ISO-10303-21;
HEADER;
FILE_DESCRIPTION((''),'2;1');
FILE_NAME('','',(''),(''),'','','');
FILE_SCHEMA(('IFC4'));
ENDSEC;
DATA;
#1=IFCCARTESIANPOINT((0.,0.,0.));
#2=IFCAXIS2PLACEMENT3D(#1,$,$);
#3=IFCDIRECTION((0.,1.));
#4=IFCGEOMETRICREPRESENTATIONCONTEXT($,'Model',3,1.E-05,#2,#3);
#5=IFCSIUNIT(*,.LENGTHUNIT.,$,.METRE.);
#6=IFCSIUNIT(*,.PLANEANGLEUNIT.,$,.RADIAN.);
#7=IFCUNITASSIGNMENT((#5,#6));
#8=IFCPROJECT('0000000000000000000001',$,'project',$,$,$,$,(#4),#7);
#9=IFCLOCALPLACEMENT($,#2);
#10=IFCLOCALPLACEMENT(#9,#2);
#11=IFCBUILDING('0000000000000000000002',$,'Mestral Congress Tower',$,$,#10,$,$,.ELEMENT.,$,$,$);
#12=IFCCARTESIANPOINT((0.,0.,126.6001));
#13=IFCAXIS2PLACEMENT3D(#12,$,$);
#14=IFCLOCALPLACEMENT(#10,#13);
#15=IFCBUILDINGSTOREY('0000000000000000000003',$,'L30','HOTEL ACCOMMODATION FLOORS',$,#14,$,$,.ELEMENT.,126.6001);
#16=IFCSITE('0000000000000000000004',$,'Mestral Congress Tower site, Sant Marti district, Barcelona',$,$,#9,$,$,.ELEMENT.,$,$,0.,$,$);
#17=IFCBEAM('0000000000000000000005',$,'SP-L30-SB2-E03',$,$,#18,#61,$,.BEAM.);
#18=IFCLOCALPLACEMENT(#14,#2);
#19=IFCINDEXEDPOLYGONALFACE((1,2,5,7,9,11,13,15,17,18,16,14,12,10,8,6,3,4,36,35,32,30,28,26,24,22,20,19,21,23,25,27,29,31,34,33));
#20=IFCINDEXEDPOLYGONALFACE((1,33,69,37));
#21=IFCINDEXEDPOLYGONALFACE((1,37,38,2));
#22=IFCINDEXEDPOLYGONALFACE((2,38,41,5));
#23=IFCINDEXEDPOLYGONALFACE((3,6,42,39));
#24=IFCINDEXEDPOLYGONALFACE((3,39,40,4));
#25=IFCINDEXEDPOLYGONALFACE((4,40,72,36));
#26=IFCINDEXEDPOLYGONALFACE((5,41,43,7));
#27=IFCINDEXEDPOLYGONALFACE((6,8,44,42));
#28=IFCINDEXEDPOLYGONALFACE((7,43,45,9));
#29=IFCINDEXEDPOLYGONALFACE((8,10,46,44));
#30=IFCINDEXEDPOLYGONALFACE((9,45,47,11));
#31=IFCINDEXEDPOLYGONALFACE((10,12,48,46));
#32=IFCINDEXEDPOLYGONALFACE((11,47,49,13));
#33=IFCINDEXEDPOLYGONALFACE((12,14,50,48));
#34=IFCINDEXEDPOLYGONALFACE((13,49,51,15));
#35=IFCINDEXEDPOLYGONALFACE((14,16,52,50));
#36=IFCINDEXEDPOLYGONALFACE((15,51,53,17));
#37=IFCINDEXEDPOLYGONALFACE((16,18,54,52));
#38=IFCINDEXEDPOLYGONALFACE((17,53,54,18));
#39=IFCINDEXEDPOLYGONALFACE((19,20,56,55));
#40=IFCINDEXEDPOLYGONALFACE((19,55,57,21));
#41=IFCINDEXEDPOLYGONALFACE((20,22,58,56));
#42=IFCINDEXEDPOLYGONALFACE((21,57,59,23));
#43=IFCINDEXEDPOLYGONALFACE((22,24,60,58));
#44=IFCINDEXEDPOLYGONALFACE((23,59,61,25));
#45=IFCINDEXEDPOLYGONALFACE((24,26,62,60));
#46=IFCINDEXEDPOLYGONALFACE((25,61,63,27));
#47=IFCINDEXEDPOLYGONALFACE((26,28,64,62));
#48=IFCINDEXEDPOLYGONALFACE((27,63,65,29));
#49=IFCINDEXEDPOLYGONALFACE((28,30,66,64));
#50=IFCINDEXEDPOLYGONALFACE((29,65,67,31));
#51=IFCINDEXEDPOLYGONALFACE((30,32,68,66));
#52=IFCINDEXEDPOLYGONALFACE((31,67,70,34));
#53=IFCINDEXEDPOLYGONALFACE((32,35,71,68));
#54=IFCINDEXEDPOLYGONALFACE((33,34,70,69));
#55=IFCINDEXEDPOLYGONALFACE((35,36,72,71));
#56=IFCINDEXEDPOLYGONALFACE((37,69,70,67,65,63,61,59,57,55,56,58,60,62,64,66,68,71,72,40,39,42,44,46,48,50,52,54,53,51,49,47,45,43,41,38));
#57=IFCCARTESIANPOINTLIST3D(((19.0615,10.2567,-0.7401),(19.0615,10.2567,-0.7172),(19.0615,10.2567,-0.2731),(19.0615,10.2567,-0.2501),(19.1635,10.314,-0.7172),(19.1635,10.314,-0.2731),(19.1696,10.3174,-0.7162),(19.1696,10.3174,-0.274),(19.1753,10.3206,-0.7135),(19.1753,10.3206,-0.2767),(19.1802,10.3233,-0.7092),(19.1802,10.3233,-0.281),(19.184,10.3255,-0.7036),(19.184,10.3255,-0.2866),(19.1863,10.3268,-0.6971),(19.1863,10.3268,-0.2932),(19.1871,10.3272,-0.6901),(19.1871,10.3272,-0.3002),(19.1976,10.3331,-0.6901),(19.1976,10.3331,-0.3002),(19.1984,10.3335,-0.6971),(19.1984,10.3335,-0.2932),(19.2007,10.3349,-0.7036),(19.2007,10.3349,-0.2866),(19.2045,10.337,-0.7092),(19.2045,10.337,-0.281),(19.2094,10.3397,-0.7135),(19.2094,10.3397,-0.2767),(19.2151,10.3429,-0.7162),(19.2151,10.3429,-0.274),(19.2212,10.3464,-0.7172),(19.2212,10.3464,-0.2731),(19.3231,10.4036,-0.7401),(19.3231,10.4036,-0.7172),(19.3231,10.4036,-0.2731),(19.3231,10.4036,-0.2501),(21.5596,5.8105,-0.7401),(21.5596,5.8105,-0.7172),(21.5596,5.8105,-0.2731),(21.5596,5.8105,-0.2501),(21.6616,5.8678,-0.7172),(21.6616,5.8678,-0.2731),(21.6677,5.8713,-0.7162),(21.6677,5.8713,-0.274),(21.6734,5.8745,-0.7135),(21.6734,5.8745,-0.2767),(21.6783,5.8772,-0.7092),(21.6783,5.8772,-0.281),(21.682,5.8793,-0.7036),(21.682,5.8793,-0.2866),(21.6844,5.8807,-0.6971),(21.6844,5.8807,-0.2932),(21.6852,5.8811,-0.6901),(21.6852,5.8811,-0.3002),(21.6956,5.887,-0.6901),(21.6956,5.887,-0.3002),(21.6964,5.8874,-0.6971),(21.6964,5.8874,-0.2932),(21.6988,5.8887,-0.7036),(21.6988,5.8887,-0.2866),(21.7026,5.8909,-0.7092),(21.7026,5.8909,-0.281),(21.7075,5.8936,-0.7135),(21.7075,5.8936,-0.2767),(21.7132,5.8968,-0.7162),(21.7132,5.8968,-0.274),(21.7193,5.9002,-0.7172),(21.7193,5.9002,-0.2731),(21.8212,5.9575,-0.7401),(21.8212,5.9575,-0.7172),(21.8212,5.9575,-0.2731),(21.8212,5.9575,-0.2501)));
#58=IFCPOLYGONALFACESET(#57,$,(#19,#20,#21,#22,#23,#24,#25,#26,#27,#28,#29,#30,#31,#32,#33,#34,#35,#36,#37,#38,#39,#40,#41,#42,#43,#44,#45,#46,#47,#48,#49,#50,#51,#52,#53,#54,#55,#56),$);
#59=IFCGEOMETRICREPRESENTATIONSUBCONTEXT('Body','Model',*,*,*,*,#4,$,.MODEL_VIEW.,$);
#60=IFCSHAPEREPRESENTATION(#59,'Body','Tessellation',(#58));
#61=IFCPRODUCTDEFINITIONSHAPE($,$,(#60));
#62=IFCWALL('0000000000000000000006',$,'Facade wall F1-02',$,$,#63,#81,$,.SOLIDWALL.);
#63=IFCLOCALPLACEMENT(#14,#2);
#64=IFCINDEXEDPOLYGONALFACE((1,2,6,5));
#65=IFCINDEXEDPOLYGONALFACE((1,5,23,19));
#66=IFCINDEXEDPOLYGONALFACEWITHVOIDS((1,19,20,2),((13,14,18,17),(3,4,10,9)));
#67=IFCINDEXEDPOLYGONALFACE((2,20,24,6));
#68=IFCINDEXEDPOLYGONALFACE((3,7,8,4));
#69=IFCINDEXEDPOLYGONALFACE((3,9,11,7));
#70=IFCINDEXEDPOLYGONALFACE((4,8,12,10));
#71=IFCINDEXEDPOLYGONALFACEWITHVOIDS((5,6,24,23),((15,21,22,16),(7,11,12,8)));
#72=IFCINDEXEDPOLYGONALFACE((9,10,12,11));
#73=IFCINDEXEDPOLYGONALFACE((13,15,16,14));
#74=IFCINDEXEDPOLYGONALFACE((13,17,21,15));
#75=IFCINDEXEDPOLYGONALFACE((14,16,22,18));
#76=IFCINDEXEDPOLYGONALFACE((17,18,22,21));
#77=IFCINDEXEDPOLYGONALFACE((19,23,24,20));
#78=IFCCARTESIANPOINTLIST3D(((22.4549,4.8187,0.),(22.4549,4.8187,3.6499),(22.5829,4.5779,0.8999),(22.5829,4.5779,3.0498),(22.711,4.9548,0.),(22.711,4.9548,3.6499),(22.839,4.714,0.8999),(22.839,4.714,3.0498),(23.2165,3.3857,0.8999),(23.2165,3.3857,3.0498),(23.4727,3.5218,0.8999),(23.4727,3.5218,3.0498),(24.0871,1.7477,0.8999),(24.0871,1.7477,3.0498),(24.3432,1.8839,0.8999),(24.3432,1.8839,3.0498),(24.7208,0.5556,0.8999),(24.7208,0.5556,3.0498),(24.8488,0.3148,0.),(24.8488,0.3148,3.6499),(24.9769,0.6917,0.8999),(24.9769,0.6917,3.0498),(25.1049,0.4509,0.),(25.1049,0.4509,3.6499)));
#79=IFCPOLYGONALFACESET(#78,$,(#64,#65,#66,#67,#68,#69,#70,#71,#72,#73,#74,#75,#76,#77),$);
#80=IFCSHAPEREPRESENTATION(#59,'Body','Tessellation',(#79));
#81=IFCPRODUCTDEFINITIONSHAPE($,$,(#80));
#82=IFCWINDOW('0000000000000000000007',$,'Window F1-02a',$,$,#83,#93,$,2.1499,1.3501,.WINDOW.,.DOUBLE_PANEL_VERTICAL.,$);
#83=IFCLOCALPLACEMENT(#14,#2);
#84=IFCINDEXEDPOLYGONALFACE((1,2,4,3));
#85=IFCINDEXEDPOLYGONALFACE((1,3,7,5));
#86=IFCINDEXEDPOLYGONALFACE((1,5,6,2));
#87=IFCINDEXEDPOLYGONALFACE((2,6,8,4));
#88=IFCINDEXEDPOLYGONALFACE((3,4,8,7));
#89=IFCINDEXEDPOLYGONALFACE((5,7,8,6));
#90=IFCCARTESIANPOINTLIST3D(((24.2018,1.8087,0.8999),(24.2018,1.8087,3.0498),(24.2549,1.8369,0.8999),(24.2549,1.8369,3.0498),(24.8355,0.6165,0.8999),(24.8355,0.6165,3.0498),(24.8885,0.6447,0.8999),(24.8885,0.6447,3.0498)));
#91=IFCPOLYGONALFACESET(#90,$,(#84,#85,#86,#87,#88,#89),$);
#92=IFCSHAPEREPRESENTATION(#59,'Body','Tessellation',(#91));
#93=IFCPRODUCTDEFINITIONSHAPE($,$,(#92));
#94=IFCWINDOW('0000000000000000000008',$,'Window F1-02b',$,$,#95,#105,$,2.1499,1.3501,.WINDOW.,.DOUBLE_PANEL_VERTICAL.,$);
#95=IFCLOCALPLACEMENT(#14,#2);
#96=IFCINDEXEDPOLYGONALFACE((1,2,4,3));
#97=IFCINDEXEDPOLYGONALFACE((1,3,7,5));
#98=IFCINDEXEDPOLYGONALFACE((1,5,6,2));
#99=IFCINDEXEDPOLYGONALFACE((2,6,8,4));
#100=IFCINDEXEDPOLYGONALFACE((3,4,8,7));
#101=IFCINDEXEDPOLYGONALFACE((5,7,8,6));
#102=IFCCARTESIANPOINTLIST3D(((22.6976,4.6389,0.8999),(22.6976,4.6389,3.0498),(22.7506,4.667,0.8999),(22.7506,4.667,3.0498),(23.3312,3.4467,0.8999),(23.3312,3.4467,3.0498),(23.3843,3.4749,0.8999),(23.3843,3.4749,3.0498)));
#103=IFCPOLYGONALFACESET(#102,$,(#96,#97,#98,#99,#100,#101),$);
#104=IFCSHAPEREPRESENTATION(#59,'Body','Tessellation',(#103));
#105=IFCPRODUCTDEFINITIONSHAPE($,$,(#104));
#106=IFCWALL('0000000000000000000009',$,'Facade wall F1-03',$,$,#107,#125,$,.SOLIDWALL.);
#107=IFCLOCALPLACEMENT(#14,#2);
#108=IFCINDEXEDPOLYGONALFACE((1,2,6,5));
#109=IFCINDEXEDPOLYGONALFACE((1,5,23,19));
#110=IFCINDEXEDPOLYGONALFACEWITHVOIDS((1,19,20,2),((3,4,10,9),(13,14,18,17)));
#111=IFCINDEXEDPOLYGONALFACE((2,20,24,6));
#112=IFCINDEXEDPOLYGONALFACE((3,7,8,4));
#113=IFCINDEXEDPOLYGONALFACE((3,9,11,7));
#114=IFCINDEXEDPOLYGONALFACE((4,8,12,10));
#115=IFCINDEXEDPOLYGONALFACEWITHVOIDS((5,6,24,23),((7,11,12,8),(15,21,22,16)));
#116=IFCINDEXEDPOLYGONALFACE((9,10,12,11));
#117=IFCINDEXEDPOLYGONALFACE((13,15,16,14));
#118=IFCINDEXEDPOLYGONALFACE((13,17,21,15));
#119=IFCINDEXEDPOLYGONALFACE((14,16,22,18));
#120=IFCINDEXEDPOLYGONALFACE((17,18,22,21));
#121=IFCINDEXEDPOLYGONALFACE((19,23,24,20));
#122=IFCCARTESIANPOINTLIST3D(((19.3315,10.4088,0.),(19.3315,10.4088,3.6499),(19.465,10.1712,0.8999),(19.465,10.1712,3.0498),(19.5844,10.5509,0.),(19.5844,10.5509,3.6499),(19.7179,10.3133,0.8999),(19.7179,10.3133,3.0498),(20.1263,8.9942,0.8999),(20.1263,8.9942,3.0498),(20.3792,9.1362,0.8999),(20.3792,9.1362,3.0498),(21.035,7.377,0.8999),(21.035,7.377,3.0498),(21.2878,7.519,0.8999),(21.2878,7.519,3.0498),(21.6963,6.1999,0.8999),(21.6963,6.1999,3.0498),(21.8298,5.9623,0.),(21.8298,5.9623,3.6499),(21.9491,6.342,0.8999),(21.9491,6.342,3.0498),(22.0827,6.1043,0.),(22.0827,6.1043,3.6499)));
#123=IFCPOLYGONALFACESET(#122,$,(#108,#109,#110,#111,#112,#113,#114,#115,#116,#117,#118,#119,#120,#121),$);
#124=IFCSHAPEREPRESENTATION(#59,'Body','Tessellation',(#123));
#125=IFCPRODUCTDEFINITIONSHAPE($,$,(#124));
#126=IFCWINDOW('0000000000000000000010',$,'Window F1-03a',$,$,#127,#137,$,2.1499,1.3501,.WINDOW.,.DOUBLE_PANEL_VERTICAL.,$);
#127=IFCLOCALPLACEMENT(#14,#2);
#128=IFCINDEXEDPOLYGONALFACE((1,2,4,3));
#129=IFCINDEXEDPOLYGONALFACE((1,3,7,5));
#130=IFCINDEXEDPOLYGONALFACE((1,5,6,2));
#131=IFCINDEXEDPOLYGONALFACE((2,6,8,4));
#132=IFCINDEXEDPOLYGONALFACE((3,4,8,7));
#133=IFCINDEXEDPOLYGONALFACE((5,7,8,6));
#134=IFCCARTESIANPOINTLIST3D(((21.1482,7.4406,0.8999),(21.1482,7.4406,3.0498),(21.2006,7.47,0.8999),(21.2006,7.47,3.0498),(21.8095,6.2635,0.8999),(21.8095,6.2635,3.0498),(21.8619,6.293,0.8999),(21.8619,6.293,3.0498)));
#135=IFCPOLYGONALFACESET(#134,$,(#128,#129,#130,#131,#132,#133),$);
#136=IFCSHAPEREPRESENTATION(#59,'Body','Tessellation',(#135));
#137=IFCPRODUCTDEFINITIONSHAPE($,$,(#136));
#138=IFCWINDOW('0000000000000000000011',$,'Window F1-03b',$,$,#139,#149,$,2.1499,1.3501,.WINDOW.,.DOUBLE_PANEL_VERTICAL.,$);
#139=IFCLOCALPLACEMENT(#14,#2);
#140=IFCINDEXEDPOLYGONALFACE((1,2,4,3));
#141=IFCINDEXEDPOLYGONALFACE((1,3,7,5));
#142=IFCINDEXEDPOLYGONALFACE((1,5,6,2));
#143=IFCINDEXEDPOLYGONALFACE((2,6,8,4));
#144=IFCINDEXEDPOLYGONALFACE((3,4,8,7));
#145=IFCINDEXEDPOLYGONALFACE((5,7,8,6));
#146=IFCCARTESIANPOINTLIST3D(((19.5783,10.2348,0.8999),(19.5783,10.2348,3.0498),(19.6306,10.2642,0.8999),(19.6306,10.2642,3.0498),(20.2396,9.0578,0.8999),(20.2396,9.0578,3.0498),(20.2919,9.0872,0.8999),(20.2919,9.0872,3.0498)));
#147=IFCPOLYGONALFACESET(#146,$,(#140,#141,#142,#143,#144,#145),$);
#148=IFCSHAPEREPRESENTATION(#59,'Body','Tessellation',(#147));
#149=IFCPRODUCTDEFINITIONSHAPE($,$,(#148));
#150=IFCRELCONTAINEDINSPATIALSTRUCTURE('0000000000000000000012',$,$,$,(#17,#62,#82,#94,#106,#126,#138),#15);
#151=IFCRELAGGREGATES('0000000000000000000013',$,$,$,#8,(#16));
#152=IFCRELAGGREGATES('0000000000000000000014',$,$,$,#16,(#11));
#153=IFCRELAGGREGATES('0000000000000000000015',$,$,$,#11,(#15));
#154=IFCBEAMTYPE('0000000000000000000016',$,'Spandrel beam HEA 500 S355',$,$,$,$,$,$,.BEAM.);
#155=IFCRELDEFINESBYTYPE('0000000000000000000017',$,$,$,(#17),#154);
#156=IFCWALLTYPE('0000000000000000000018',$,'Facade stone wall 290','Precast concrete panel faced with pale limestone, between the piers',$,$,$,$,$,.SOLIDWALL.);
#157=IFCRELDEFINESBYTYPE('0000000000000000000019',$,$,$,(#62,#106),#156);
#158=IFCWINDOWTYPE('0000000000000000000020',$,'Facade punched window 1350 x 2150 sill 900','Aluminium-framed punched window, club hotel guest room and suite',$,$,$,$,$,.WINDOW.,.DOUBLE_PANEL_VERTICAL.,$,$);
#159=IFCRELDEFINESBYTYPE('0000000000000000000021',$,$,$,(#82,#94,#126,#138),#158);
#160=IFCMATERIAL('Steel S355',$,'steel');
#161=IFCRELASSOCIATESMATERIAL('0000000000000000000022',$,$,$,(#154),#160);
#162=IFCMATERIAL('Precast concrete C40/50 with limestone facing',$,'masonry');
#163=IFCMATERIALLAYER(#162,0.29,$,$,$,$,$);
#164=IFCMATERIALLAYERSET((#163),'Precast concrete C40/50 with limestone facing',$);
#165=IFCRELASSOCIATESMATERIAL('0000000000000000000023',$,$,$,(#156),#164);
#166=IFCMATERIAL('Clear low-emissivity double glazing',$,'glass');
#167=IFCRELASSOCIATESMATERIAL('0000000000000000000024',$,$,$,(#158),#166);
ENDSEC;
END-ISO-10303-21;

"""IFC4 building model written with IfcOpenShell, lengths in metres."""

from ifc_helpers import new_model, si_unit, direction, frame, frame_2d, origin, origin_2d, place, context, subcontext, project, spatial, rectangle, i_section, extrude, material, layer, layer_set, material_profile, profile_set, type_object, element, fill, save


model = new_model("IFC4")

# Units and contexts
model_context = context("Model", 3, precision=1e-05, world=origin(), true_north=direction((0.0, 1.0)))
body_context = subcontext(model_context, "Body", "Model", "MODEL_VIEW")
ifc_project = project(units=[si_unit("LENGTHUNIT", "METRE"), si_unit("PLANEANGLEUNIT", "RADIAN")], contexts=[model_context])

# Site, building, storey
site_placement = place(None, origin())
site = spatial("IfcSite", under=ifc_project, at=site_placement, Name="Mestral Congress Tower site, Sant Marti district, Barcelona", CompositionType="ELEMENT", RefElevation=0.0)
building_placement = place(site_placement, origin())
building = spatial("IfcBuilding", under=site, at=building_placement, Name="Mestral Congress Tower", CompositionType="ELEMENT")
storey_placement = place(building_placement, frame((0.0, 0.0, 126.6001)))
storey = spatial("IfcBuildingStorey", under=building, at=storey_placement, Name="L30", Description="HOTEL ACCOMMODATION FLOORS", CompositionType="ELEMENT", Elevation=126.6001)

# Beam
ifc_material_1 = material(Name="Steel S355", Category="steel")
ifc_material_profile_1 = material_profile(ifc_material_1, i_section(OverallWidth=0.3, OverallDepth=0.49, WebThickness=0.012, FlangeThickness=0.0229, FilletRadius=0.0271, at=origin_2d()), Name="HEA 500")
ifc_profile_set_1 = profile_set([ifc_material_profile_1], Name="Steel S355")
beam_type_1 = type_object("IfcBeamType", Name="Spandrel beam HEA 500 S355", PredefinedType="BEAM", material=ifc_profile_set_1)
for number, where, z_axis, x_axis, name in (
    (1, (21.6904, 5.884, -0.4951), (-0.489836, 0.871815, 0.0), (-0.871815, -0.489836, 0.0), "SP-L30-SB2-E03"),
):
    element("IfcBeam", number, at=place(storey_placement, frame(where, z_axis=z_axis, x_axis=x_axis)), inside=storey, type_object=beam_type_1, Name=name, PredefinedType="BEAM", context=body_context, shape_type="SweptSolid", body=[
        extrude(i_section(OverallWidth=0.3, OverallDepth=0.49, WebThickness=0.012, FlangeThickness=0.0229, FilletRadius=0.0271, at=origin_2d()), origin(), (0.0, 0.0, 1.0), 5.0999),
    ])

# Walls, openings, windows
ifc_material_2 = material(Name="Precast concrete C40/50 with limestone facing", Category="masonry")
ifc_layer_1 = layer(ifc_material_2, 0.29)
ifc_layer_set_1 = layer_set([ifc_layer_1], Name="Precast concrete C40/50 with limestone facing")
wall_type_1 = type_object("IfcWallType", Name="Facade stone wall 290", Description="Precast concrete panel faced with pale limestone, between the piers", PredefinedType="SOLIDWALL", material=ifc_layer_set_1)
wall_1_placement = place(storey_placement, frame((24.9768, 0.3828, 0.0), z_axis=(0.0, 0.0, 1.0), x_axis=(-0.469323, 0.883026, 0.0)))
wall_1 = element("IfcWall", 2, at=wall_1_placement, inside=storey, type_object=wall_type_1, Name="Facade wall F1-02", PredefinedType="SOLIDWALL", context=body_context, shape_type="SweptSolid", body=[
    extrude(rectangle(XDim=5.1006, YDim=0.29, at=frame_2d((2.5503, 0.0))), origin(), (0.0, 0.0, 1.0), 3.6499),
])
opening_1_placement = place(wall_1_placement, frame((0.2727, 0.0, 0.8999)))
opening_1 = element("IfcOpeningElement", 3, at=opening_1_placement, cuts=wall_1, PredefinedType="OPENING", context=body_context, shape_type="SweptSolid", body=[
    extrude(rectangle(XDim=1.3501, YDim=2.1499, at=frame_2d((0.675, 1.075))), frame((0.0, 0.155, 0.0), z_axis=(0.0, -1.0, 0.0), x_axis=(1.0, 0.0, 0.0)), (0.0, 0.0, 1.0), 0.3101),
])
opening_2_placement = place(wall_1_placement, frame((3.4778, 0.0, 0.8999)))
opening_2 = element("IfcOpeningElement", 4, at=opening_2_placement, cuts=wall_1, PredefinedType="OPENING", context=body_context, shape_type="SweptSolid", body=[
    extrude(rectangle(XDim=1.3501, YDim=2.1499, at=frame_2d((0.675, 1.075))), frame((0.0, 0.155, 0.0), z_axis=(0.0, -1.0, 0.0), x_axis=(1.0, 0.0, 0.0)), (0.0, 0.0, 1.0), 0.3101),
])
ifc_material_3 = material(Name="Clear low-emissivity double glazing", Category="glass")
window_type = type_object("IfcWindowType", Name="Facade punched window 1350 x 2150 sill 900", Description="Aluminium-framed punched window, club hotel guest room and suite", PartitioningType="DOUBLE_PANEL_VERTICAL", PredefinedType="WINDOW", material=ifc_material_3)
window_1_placement = place(opening_1_placement, origin())
window_1 = element("IfcWindow", 5, at=window_1_placement, inside=storey, type_object=window_type, Name="Window F1-02a", OverallHeight=2.1499, OverallWidth=1.3501, PartitioningType="DOUBLE_PANEL_VERTICAL", PredefinedType="WINDOW", context=body_context, shape_type="SweptSolid", body=[
    extrude(rectangle(XDim=1.3501, YDim=2.1499, at=frame_2d((0.675, 1.075))), frame((0.0, 0.0151, 0.0), z_axis=(0.0, -1.0, 0.0), x_axis=(1.0, 0.0, 0.0)), (0.0, 0.0, 1.0), 0.0601),
])
fill(opening_1, window_1)
window_2_placement = place(opening_2_placement, origin())
window_2 = element("IfcWindow", 6, at=window_2_placement, inside=storey, type_object=window_type, Name="Window F1-02b", OverallHeight=2.1499, OverallWidth=1.3501, PartitioningType="DOUBLE_PANEL_VERTICAL", PredefinedType="WINDOW", context=body_context, shape_type="SweptSolid", body=[
    extrude(rectangle(XDim=1.3501, YDim=2.1499, at=frame_2d((0.675, 1.075))), frame((0.0, 0.0151, 0.0), z_axis=(0.0, -1.0, 0.0), x_axis=(1.0, 0.0, 0.0)), (0.0, 0.0, 1.0), 0.0601),
])
fill(opening_2, window_2)
wall_2_placement = place(storey_placement, frame((21.9563, 6.0332, 0.0), z_axis=(0.0, 0.0, 1.0), x_axis=(-0.489832, 0.871817, 0.0)))
wall_2 = element("IfcWall", 7, at=wall_2_placement, inside=storey, type_object=wall_type_1, Name="Facade wall F1-03", PredefinedType="SOLIDWALL", context=body_context, shape_type="SweptSolid", body=[
    extrude(rectangle(XDim=5.1003, YDim=0.29, at=frame_2d((2.5503, 0.0))), origin(), (0.0, 0.0, 1.0), 3.6499),
])
opening_3_placement = place(wall_2_placement, frame((0.2727, 0.0, 0.8999)))
opening_3 = element("IfcOpeningElement", 8, at=opening_3_placement, cuts=wall_2, PredefinedType="OPENING", context=body_context, shape_type="SweptSolid", body=[
    extrude(rectangle(XDim=1.3501, YDim=2.1499, at=frame_2d((0.675, 1.075))), frame((0.0, 0.155, 0.0), z_axis=(0.0, -1.0, 0.0), x_axis=(1.0, 0.0, 0.0)), (0.0, 0.0, 1.0), 0.3101),
])
opening_4_placement = place(wall_2_placement, frame((3.4778, 0.0, 0.8999)))
opening_4 = element("IfcOpeningElement", 9, at=opening_4_placement, cuts=wall_2, PredefinedType="OPENING", context=body_context, shape_type="SweptSolid", body=[
    extrude(rectangle(XDim=1.3501, YDim=2.1499, at=frame_2d((0.675, 1.075))), frame((0.0, 0.155, 0.0), z_axis=(0.0, -1.0, 0.0), x_axis=(1.0, 0.0, 0.0)), (0.0, 0.0, 1.0), 0.3101),
])
window_3_placement = place(opening_3_placement, origin())
window_3 = element("IfcWindow", 10, at=window_3_placement, inside=storey, type_object=window_type, Name="Window F1-03a", OverallHeight=2.1499, OverallWidth=1.3501, PartitioningType="DOUBLE_PANEL_VERTICAL", PredefinedType="WINDOW", context=body_context, shape_type="SweptSolid", body=[
    extrude(rectangle(XDim=1.3501, YDim=2.1499, at=frame_2d((0.675, 1.075))), frame((0.0, 0.0151, 0.0), z_axis=(0.0, -1.0, 0.0), x_axis=(1.0, 0.0, 0.0)), (0.0, 0.0, 1.0), 0.0601),
])
fill(opening_3, window_3)
window_4_placement = place(opening_4_placement, origin())
window_4 = element("IfcWindow", 11, at=window_4_placement, inside=storey, type_object=window_type, Name="Window F1-03b", OverallHeight=2.1499, OverallWidth=1.3501, PartitioningType="DOUBLE_PANEL_VERTICAL", PredefinedType="WINDOW", context=body_context, shape_type="SweptSolid", body=[
    extrude(rectangle(XDim=1.3501, YDim=2.1499, at=frame_2d((0.675, 1.075))), frame((0.0, 0.0151, 0.0), z_axis=(0.0, -1.0, 0.0), x_axis=(1.0, 0.0, 0.0)), (0.0, 0.0, 1.0), 0.0601),
])
fill(opening_4, window_4)

save(model, "model.ifc")
